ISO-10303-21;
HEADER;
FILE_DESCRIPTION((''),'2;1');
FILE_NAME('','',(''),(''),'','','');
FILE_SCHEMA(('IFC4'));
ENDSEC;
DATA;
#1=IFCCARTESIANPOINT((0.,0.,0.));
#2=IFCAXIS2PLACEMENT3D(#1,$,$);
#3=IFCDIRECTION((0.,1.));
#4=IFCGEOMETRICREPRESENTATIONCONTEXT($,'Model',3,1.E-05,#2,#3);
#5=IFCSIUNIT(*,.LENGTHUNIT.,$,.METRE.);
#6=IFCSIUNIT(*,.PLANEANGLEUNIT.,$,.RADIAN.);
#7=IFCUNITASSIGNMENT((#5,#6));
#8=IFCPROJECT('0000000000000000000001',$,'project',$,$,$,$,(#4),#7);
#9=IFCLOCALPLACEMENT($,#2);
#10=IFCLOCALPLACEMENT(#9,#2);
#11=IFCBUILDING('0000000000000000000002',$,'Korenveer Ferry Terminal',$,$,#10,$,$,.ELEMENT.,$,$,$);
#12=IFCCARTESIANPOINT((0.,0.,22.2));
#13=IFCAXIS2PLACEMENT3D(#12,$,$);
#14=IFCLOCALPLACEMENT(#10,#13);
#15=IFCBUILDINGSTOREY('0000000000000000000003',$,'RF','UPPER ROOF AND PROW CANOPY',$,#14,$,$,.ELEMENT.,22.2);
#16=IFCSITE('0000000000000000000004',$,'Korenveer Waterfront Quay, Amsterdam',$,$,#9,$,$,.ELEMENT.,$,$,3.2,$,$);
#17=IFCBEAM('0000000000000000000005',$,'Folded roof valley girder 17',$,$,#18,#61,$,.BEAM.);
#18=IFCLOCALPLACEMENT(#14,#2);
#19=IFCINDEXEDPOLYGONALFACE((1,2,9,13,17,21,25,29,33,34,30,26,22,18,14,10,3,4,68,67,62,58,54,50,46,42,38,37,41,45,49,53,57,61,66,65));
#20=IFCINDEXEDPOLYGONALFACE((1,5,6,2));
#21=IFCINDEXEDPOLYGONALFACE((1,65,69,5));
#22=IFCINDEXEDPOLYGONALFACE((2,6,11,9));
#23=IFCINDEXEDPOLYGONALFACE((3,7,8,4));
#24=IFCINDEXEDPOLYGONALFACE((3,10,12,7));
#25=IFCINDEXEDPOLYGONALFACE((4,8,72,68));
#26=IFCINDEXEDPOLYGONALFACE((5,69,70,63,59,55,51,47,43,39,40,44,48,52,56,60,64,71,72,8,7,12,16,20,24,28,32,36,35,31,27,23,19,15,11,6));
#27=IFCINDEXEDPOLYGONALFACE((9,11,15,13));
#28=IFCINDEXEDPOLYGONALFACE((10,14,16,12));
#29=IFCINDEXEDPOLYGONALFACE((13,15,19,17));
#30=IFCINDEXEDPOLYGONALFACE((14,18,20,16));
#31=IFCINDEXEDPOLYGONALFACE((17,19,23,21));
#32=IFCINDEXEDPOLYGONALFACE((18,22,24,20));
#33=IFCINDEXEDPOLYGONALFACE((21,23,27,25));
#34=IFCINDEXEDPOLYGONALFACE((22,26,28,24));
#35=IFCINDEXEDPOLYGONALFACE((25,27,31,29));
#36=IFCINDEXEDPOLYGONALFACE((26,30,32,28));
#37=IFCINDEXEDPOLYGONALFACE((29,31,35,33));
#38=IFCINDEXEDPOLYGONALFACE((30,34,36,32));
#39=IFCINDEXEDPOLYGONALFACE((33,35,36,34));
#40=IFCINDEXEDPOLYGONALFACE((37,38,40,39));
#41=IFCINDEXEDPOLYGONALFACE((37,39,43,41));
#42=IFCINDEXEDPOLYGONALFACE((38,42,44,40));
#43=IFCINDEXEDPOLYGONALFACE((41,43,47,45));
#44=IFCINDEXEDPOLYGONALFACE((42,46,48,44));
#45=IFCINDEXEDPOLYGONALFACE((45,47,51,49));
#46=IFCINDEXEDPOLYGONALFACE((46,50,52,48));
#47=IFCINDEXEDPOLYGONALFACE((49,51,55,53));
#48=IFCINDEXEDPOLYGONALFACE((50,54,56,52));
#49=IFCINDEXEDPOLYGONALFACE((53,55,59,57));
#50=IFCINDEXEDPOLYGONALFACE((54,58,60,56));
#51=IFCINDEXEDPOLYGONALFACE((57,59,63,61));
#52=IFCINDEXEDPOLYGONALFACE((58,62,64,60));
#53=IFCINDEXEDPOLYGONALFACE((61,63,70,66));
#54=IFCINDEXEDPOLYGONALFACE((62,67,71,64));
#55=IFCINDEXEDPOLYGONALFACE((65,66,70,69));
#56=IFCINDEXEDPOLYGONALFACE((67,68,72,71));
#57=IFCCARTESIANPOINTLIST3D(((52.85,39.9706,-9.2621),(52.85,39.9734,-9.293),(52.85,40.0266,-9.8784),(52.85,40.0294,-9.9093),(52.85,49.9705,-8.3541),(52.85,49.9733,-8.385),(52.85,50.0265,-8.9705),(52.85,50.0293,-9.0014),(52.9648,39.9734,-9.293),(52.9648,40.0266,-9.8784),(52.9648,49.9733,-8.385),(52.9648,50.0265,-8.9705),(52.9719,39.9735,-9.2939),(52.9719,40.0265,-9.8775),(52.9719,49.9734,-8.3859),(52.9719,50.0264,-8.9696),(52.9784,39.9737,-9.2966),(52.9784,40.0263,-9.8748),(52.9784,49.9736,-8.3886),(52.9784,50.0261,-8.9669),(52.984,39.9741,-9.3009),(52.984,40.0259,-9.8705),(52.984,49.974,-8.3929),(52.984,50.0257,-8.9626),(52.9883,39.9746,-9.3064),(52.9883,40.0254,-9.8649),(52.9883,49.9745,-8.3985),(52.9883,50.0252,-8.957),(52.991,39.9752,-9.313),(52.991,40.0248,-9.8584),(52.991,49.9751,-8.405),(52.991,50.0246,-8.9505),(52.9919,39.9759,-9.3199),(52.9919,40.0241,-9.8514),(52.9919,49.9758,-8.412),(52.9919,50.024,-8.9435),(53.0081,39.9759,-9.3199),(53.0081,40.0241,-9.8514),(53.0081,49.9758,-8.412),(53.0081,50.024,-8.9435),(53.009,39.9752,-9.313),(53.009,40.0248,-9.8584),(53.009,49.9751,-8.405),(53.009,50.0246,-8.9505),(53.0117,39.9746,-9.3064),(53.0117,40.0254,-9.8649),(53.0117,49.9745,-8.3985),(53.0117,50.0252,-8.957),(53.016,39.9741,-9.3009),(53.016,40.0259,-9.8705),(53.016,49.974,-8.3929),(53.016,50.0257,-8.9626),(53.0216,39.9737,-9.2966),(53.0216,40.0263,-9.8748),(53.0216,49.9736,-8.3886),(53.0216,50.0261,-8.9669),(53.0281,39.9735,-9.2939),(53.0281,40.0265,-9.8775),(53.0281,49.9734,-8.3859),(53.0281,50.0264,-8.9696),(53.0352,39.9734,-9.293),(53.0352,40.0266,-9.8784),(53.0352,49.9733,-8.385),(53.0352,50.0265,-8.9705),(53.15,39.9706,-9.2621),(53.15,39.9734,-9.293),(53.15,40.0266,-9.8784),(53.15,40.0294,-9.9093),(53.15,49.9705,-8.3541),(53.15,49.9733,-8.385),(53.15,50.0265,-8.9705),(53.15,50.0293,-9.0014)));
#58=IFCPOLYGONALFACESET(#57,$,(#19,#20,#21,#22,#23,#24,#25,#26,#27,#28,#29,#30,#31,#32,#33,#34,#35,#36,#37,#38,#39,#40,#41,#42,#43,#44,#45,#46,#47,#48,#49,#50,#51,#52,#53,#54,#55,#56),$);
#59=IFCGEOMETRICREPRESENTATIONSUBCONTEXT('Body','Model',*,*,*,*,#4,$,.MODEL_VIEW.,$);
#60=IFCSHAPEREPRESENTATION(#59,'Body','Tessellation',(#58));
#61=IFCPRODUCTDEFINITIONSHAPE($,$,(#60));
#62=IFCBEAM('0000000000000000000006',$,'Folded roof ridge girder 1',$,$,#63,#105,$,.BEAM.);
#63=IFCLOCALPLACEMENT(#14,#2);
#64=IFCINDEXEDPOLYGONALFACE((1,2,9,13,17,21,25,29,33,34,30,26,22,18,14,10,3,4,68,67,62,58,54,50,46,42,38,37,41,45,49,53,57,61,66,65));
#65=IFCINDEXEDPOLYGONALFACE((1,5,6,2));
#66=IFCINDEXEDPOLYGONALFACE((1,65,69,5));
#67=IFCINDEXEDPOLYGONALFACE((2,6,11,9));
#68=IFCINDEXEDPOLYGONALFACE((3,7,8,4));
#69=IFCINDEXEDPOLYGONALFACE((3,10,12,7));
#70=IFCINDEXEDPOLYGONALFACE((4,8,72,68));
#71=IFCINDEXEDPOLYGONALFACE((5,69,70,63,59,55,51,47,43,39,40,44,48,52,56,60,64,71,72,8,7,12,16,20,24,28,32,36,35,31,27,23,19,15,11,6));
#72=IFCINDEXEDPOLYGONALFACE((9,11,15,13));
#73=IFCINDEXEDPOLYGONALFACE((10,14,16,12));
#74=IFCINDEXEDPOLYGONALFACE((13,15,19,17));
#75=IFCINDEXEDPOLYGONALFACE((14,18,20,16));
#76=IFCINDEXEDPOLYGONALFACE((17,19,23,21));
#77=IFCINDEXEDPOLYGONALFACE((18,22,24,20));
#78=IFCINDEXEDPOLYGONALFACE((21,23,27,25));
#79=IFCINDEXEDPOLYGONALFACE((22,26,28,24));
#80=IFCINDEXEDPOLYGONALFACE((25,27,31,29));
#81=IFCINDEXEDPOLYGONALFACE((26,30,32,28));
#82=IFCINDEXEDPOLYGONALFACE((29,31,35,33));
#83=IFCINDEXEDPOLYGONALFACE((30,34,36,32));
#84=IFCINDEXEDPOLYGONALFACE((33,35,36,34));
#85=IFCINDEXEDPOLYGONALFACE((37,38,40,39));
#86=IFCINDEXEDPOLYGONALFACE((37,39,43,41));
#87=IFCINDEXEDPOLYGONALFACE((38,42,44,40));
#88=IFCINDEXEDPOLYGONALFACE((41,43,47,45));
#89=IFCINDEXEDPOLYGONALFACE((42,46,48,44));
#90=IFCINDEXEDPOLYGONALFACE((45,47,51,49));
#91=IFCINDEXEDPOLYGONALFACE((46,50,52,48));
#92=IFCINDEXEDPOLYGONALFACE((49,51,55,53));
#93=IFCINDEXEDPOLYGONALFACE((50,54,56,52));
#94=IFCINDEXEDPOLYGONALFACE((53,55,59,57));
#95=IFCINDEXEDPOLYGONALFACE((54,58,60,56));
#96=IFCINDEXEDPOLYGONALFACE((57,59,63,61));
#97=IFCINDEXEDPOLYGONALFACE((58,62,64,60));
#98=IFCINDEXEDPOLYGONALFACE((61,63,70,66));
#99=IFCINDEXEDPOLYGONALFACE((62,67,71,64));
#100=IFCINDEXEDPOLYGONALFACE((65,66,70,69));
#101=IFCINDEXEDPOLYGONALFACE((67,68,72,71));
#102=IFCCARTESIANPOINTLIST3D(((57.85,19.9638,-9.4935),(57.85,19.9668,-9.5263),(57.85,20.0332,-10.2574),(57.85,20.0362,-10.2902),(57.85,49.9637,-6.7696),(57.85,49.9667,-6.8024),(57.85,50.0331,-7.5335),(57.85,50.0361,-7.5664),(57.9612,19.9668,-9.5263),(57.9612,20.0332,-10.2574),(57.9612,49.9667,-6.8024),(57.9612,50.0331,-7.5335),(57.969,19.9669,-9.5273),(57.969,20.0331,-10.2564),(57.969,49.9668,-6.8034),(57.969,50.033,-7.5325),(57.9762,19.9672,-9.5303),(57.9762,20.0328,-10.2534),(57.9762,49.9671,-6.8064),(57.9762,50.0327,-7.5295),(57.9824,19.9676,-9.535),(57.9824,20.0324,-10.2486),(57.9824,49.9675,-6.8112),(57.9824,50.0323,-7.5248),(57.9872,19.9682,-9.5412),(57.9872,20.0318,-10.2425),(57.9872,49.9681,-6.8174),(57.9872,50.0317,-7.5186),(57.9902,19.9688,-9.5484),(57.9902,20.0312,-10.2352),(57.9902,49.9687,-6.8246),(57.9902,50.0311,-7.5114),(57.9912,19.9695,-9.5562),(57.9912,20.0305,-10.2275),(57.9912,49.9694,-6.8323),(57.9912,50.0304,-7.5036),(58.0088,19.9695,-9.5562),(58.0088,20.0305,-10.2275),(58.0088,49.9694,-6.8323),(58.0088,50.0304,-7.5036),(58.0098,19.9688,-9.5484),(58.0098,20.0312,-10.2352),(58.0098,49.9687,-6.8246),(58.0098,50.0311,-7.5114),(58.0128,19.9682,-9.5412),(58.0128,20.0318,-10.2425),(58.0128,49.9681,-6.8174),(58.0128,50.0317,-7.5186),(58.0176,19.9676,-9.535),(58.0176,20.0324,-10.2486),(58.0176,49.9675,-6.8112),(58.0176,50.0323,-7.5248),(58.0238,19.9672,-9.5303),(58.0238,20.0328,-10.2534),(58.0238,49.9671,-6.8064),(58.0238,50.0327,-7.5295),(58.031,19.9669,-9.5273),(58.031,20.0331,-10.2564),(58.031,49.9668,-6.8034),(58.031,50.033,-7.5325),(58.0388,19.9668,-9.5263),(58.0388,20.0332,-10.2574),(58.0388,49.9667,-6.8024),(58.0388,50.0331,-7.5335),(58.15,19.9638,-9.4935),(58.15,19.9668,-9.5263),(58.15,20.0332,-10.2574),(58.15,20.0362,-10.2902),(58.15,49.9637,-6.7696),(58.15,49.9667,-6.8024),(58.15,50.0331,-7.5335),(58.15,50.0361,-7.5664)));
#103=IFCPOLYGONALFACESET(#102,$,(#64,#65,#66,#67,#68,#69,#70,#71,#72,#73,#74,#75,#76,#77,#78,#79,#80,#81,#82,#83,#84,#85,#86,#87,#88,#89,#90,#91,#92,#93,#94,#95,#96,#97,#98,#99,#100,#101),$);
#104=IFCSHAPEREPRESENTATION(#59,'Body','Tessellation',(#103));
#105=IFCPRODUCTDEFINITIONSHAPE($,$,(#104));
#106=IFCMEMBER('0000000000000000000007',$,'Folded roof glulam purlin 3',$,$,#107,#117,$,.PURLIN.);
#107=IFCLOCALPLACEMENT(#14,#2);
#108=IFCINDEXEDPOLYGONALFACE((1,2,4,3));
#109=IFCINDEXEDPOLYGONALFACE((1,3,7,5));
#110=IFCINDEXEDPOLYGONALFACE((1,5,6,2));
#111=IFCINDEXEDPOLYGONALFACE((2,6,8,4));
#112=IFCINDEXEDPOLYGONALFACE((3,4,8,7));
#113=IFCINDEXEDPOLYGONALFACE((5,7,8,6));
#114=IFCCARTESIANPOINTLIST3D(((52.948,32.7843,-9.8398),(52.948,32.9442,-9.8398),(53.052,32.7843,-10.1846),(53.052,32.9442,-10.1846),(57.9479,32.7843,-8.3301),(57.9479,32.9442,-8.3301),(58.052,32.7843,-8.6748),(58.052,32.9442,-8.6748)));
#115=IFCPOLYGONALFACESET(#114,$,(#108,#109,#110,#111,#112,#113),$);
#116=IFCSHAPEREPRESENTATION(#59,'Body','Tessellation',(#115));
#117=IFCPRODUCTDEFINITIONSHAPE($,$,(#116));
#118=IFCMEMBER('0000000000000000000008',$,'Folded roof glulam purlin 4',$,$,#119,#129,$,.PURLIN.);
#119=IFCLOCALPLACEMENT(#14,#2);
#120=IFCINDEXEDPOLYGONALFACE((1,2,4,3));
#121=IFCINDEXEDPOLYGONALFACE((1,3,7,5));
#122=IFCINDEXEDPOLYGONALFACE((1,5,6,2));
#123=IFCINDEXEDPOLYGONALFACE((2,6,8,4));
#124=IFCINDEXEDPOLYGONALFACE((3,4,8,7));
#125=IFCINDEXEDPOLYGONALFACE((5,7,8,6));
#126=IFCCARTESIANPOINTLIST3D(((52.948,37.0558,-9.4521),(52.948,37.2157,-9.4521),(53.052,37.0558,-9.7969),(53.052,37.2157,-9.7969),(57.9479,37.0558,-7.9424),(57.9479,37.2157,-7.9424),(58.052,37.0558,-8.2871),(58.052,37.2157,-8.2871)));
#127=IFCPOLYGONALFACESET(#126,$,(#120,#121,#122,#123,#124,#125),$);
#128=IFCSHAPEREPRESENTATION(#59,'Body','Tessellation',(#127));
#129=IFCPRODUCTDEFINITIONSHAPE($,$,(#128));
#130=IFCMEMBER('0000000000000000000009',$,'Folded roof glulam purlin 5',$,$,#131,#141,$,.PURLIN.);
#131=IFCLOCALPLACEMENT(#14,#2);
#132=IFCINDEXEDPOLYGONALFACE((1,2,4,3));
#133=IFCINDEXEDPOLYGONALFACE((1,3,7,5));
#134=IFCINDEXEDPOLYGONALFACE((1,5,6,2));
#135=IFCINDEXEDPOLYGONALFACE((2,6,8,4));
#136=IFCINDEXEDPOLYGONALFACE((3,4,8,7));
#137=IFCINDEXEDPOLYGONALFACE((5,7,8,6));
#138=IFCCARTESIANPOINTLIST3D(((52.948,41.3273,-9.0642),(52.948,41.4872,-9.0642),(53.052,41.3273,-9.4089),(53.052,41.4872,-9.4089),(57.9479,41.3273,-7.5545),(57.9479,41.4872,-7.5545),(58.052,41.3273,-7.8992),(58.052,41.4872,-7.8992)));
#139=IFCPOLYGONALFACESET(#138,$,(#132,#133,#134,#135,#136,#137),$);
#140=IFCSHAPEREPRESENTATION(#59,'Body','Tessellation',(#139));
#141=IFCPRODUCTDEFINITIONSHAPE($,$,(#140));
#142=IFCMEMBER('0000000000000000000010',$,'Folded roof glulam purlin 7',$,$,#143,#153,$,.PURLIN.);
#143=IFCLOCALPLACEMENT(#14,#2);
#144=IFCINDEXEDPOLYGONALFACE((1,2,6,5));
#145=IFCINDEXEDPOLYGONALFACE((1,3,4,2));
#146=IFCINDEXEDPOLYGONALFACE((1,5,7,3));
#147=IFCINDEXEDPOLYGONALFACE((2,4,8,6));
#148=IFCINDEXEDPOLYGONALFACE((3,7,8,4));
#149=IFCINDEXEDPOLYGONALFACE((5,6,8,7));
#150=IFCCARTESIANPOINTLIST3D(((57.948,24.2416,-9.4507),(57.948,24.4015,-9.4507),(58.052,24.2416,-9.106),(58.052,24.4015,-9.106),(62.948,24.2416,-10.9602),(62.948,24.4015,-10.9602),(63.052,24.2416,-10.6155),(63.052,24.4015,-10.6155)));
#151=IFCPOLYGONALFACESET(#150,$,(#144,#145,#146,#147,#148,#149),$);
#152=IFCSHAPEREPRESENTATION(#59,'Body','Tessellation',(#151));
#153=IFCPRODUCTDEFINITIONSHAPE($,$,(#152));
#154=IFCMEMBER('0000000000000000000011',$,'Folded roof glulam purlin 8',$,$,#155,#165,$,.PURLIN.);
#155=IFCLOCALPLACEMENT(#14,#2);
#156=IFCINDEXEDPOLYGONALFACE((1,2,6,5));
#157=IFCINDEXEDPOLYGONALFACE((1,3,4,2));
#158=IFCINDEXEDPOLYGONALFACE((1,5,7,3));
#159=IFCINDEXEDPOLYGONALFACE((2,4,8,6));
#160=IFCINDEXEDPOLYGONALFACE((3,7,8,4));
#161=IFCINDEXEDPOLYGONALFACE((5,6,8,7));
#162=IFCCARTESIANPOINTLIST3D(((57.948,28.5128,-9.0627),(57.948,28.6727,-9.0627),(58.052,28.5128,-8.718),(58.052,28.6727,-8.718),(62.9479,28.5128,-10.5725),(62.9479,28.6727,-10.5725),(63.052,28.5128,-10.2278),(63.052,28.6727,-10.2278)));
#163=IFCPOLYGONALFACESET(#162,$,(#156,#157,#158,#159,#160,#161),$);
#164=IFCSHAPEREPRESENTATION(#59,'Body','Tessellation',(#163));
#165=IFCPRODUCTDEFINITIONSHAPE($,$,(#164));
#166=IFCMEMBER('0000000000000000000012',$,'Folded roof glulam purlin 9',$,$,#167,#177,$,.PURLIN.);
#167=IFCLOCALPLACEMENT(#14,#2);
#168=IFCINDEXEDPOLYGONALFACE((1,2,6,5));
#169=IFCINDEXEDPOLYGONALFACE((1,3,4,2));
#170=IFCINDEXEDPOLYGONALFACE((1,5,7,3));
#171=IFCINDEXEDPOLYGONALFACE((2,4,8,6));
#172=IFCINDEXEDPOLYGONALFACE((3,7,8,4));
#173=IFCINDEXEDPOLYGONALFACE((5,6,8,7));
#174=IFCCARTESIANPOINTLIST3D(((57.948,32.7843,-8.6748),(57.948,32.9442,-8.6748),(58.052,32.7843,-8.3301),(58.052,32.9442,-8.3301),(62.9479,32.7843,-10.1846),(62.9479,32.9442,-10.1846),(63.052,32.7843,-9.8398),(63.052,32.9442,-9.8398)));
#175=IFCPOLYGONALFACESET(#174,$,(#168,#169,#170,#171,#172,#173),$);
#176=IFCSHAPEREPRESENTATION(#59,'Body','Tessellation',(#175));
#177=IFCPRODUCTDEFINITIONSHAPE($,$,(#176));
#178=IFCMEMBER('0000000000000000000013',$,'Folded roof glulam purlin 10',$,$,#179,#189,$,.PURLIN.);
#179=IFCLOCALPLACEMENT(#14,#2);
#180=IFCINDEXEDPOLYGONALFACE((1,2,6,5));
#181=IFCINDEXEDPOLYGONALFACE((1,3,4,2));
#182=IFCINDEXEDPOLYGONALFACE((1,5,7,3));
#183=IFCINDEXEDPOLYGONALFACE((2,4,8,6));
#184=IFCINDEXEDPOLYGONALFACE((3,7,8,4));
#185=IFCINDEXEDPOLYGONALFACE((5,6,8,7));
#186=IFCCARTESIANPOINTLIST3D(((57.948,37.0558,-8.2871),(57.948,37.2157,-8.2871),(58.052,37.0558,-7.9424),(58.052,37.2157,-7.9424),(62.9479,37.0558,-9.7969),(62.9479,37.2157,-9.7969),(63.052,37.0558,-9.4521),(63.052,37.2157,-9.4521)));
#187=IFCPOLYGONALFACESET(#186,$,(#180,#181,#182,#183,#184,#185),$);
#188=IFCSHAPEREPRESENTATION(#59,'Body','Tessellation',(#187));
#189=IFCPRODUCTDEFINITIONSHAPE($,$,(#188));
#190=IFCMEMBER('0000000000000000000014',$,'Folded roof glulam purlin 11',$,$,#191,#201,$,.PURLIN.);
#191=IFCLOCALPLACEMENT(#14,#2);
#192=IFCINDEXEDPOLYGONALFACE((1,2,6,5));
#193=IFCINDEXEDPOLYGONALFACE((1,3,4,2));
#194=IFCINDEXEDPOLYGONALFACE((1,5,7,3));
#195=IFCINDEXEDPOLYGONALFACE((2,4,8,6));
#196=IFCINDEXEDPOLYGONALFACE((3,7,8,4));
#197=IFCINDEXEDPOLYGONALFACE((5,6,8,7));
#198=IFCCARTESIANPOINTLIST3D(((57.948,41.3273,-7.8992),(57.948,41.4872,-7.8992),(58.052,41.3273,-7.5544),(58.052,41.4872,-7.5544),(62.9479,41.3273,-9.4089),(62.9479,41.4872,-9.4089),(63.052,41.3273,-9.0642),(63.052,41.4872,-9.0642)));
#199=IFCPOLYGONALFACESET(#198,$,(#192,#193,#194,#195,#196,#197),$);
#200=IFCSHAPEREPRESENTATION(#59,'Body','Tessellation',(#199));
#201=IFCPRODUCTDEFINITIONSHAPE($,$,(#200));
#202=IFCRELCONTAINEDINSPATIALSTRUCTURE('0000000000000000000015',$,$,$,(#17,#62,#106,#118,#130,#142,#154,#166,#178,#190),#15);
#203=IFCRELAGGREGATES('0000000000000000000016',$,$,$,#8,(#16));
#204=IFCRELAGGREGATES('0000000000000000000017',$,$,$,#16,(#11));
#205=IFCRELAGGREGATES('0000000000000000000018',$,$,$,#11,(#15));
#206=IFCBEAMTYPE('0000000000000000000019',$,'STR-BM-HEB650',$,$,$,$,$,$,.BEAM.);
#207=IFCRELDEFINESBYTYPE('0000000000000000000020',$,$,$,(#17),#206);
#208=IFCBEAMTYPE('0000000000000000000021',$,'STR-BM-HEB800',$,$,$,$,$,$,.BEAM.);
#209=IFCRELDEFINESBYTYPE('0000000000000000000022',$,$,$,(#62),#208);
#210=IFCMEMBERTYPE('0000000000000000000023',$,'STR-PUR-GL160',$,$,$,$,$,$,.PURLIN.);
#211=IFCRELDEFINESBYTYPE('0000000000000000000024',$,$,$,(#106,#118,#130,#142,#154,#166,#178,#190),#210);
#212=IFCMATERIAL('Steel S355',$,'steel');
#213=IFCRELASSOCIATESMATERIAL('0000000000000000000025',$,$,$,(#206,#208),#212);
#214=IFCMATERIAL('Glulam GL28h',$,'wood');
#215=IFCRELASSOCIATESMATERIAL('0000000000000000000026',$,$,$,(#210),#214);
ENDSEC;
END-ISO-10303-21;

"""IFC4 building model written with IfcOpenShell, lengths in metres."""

from ifc_helpers import new_model, si_unit, direction, frame, origin, origin_2d, place, context, subcontext, project, spatial, rectangle, i_section, extrude, material, material_profile, profile_set, type_object, element, save


model = new_model("IFC4")

# Units and contexts
model_context = context("Model", 3, precision=1e-05, world=origin(), true_north=direction((0.0, 1.0)))
body_context = subcontext(model_context, "Body", "Model", "MODEL_VIEW")
ifc_project = project(units=[si_unit("LENGTHUNIT", "METRE"), si_unit("PLANEANGLEUNIT", "RADIAN")], contexts=[model_context])

# Site, building, storey
site_placement = place(None, origin())
site = spatial("IfcSite", under=ifc_project, at=site_placement, Name="Korenveer Waterfront Quay, Amsterdam", CompositionType="ELEMENT", RefElevation=3.2)
building_placement = place(site_placement, origin())
building = spatial("IfcBuilding", under=site, at=building_placement, Name="Korenveer Ferry Terminal", CompositionType="ELEMENT")
storey_placement = place(building_placement, frame((0.0, 0.0, 22.2)))
storey = spatial("IfcBuildingStorey", under=building, at=storey_placement, Name="RF", Description="UPPER ROOF AND PROW CANOPY", CompositionType="ELEMENT", Elevation=22.2)

# Beams
ifc_material_1 = material(Name="Steel S355", Category="steel")
ifc_material_profile_1 = material_profile(ifc_material_1, i_section(OverallWidth=0.3, OverallDepth=0.6499, WebThickness=0.0161, FlangeThickness=0.031, FilletRadius=0.0271, at=origin_2d()), Name="HEB 650")
ifc_profile_set_1 = profile_set([ifc_material_profile_1], Name="Steel S355")
beam_type_1 = type_object("IfcBeamType", Name="STR-BM-HEB650", PredefinedType="BEAM", material=ifc_profile_set_1)
beam_1_placement = place(storey_placement, frame((53.0, 40.0, -9.5857), z_axis=(0.0, 0.995903, 0.090424), x_axis=(-1.0, 0.0, 0.0)))
element("IfcBeam", 1, at=beam_1_placement, inside=storey, type_object=beam_type_1, Name="Folded roof valley girder 17", PredefinedType="BEAM", context=body_context, shape_type="SweptSolid", body=[
    extrude(i_section(OverallWidth=0.3, OverallDepth=0.6499, WebThickness=0.0161, FlangeThickness=0.031, FilletRadius=0.0271, at=origin_2d()), origin(), (0.0, 0.0, 1.0), 10.041),
])
ifc_material_profile_2 = material_profile(ifc_material_1, i_section(OverallWidth=0.3, OverallDepth=0.8, WebThickness=0.0176, FlangeThickness=0.033, FilletRadius=0.03, at=origin_2d()), Name="HEB 800")
ifc_profile_set_2 = profile_set([ifc_material_profile_2], Name="Steel S355")
beam_type_2 = type_object("IfcBeamType", Name="STR-BM-HEB800", PredefinedType="BEAM", material=ifc_profile_set_2)
beam_2_placement = place(storey_placement, frame((58.0, 20.0, -9.8918), z_axis=(0.0, 0.995903, 0.090424), x_axis=(-1.0, 0.0, 0.0)))
element("IfcBeam", 2, at=beam_2_placement, inside=storey, type_object=beam_type_2, Name="Folded roof ridge girder 1", PredefinedType="BEAM", context=body_context, shape_type="SweptSolid", body=[
    extrude(i_section(OverallWidth=0.3, OverallDepth=0.8, WebThickness=0.0176, FlangeThickness=0.033, FilletRadius=0.03, at=origin_2d()), origin(), (0.0, 0.0, 1.0), 30.1233),
])

# Members
ifc_material_2 = material(Name="Glulam GL28h", Category="wood")
ifc_material_profile_3 = material_profile(ifc_material_2, rectangle(XDim=0.1599, YDim=0.3601, at=origin_2d()), Name="GL 160x360")
ifc_profile_set_3 = profile_set([ifc_material_profile_3], Name="Glulam GL28h")
member_type_1 = type_object("IfcMemberType", Name="STR-PUR-GL160", PredefinedType="PURLIN", material=ifc_profile_set_3)
for number, where, z_axis, x_axis, name in (
    (3, (53.0, 32.8643, -10.0122), (0.95731, 0.0, 0.289063), (0.0, 1.0, 0.0), "Folded roof glulam purlin 3"),
    (4, (53.0, 37.1357, -9.6245), (0.95731, 0.0, 0.289063), (0.0, 1.0, 0.0), "Folded roof glulam purlin 4"),
    (5, (53.0, 41.4072, -9.2366), (0.95731, 0.0, 0.289063), (0.0, 1.0, 0.0), "Folded roof glulam purlin 5"),
    (6, (58.0, 24.3215, -9.2783), (0.957323, 0.0, -0.28902), (0.0, 1.0, 0.0), "Folded roof glulam purlin 7"),
    (7, (58.0, 28.5928, -8.8904), (0.95731, 0.0, -0.289063), (0.0, 1.0, 0.0), "Folded roof glulam purlin 8"),
    (8, (58.0, 32.8643, -8.5024), (0.95731, 0.0, -0.289063), (0.0, 1.0, 0.0), "Folded roof glulam purlin 9"),
    (9, (58.0, 37.1357, -8.1147), (0.95731, 0.0, -0.289063), (0.0, 1.0, 0.0), "Folded roof glulam purlin 10"),
    (10, (58.0, 41.4072, -7.7268), (0.95731, 0.0, -0.289063), (0.0, 1.0, 0.0), "Folded roof glulam purlin 11"),
):
    element("IfcMember", number, at=place(storey_placement, frame(where, z_axis=z_axis, x_axis=x_axis)), inside=storey, type_object=member_type_1, Name=name, PredefinedType="PURLIN", context=body_context, shape_type="SweptSolid", body=[
        extrude(rectangle(XDim=0.1599, YDim=0.3601, at=origin_2d()), origin(), (0.0, 0.0, 1.0), 5.2229),
    ])

save(model, "model.ifc")
